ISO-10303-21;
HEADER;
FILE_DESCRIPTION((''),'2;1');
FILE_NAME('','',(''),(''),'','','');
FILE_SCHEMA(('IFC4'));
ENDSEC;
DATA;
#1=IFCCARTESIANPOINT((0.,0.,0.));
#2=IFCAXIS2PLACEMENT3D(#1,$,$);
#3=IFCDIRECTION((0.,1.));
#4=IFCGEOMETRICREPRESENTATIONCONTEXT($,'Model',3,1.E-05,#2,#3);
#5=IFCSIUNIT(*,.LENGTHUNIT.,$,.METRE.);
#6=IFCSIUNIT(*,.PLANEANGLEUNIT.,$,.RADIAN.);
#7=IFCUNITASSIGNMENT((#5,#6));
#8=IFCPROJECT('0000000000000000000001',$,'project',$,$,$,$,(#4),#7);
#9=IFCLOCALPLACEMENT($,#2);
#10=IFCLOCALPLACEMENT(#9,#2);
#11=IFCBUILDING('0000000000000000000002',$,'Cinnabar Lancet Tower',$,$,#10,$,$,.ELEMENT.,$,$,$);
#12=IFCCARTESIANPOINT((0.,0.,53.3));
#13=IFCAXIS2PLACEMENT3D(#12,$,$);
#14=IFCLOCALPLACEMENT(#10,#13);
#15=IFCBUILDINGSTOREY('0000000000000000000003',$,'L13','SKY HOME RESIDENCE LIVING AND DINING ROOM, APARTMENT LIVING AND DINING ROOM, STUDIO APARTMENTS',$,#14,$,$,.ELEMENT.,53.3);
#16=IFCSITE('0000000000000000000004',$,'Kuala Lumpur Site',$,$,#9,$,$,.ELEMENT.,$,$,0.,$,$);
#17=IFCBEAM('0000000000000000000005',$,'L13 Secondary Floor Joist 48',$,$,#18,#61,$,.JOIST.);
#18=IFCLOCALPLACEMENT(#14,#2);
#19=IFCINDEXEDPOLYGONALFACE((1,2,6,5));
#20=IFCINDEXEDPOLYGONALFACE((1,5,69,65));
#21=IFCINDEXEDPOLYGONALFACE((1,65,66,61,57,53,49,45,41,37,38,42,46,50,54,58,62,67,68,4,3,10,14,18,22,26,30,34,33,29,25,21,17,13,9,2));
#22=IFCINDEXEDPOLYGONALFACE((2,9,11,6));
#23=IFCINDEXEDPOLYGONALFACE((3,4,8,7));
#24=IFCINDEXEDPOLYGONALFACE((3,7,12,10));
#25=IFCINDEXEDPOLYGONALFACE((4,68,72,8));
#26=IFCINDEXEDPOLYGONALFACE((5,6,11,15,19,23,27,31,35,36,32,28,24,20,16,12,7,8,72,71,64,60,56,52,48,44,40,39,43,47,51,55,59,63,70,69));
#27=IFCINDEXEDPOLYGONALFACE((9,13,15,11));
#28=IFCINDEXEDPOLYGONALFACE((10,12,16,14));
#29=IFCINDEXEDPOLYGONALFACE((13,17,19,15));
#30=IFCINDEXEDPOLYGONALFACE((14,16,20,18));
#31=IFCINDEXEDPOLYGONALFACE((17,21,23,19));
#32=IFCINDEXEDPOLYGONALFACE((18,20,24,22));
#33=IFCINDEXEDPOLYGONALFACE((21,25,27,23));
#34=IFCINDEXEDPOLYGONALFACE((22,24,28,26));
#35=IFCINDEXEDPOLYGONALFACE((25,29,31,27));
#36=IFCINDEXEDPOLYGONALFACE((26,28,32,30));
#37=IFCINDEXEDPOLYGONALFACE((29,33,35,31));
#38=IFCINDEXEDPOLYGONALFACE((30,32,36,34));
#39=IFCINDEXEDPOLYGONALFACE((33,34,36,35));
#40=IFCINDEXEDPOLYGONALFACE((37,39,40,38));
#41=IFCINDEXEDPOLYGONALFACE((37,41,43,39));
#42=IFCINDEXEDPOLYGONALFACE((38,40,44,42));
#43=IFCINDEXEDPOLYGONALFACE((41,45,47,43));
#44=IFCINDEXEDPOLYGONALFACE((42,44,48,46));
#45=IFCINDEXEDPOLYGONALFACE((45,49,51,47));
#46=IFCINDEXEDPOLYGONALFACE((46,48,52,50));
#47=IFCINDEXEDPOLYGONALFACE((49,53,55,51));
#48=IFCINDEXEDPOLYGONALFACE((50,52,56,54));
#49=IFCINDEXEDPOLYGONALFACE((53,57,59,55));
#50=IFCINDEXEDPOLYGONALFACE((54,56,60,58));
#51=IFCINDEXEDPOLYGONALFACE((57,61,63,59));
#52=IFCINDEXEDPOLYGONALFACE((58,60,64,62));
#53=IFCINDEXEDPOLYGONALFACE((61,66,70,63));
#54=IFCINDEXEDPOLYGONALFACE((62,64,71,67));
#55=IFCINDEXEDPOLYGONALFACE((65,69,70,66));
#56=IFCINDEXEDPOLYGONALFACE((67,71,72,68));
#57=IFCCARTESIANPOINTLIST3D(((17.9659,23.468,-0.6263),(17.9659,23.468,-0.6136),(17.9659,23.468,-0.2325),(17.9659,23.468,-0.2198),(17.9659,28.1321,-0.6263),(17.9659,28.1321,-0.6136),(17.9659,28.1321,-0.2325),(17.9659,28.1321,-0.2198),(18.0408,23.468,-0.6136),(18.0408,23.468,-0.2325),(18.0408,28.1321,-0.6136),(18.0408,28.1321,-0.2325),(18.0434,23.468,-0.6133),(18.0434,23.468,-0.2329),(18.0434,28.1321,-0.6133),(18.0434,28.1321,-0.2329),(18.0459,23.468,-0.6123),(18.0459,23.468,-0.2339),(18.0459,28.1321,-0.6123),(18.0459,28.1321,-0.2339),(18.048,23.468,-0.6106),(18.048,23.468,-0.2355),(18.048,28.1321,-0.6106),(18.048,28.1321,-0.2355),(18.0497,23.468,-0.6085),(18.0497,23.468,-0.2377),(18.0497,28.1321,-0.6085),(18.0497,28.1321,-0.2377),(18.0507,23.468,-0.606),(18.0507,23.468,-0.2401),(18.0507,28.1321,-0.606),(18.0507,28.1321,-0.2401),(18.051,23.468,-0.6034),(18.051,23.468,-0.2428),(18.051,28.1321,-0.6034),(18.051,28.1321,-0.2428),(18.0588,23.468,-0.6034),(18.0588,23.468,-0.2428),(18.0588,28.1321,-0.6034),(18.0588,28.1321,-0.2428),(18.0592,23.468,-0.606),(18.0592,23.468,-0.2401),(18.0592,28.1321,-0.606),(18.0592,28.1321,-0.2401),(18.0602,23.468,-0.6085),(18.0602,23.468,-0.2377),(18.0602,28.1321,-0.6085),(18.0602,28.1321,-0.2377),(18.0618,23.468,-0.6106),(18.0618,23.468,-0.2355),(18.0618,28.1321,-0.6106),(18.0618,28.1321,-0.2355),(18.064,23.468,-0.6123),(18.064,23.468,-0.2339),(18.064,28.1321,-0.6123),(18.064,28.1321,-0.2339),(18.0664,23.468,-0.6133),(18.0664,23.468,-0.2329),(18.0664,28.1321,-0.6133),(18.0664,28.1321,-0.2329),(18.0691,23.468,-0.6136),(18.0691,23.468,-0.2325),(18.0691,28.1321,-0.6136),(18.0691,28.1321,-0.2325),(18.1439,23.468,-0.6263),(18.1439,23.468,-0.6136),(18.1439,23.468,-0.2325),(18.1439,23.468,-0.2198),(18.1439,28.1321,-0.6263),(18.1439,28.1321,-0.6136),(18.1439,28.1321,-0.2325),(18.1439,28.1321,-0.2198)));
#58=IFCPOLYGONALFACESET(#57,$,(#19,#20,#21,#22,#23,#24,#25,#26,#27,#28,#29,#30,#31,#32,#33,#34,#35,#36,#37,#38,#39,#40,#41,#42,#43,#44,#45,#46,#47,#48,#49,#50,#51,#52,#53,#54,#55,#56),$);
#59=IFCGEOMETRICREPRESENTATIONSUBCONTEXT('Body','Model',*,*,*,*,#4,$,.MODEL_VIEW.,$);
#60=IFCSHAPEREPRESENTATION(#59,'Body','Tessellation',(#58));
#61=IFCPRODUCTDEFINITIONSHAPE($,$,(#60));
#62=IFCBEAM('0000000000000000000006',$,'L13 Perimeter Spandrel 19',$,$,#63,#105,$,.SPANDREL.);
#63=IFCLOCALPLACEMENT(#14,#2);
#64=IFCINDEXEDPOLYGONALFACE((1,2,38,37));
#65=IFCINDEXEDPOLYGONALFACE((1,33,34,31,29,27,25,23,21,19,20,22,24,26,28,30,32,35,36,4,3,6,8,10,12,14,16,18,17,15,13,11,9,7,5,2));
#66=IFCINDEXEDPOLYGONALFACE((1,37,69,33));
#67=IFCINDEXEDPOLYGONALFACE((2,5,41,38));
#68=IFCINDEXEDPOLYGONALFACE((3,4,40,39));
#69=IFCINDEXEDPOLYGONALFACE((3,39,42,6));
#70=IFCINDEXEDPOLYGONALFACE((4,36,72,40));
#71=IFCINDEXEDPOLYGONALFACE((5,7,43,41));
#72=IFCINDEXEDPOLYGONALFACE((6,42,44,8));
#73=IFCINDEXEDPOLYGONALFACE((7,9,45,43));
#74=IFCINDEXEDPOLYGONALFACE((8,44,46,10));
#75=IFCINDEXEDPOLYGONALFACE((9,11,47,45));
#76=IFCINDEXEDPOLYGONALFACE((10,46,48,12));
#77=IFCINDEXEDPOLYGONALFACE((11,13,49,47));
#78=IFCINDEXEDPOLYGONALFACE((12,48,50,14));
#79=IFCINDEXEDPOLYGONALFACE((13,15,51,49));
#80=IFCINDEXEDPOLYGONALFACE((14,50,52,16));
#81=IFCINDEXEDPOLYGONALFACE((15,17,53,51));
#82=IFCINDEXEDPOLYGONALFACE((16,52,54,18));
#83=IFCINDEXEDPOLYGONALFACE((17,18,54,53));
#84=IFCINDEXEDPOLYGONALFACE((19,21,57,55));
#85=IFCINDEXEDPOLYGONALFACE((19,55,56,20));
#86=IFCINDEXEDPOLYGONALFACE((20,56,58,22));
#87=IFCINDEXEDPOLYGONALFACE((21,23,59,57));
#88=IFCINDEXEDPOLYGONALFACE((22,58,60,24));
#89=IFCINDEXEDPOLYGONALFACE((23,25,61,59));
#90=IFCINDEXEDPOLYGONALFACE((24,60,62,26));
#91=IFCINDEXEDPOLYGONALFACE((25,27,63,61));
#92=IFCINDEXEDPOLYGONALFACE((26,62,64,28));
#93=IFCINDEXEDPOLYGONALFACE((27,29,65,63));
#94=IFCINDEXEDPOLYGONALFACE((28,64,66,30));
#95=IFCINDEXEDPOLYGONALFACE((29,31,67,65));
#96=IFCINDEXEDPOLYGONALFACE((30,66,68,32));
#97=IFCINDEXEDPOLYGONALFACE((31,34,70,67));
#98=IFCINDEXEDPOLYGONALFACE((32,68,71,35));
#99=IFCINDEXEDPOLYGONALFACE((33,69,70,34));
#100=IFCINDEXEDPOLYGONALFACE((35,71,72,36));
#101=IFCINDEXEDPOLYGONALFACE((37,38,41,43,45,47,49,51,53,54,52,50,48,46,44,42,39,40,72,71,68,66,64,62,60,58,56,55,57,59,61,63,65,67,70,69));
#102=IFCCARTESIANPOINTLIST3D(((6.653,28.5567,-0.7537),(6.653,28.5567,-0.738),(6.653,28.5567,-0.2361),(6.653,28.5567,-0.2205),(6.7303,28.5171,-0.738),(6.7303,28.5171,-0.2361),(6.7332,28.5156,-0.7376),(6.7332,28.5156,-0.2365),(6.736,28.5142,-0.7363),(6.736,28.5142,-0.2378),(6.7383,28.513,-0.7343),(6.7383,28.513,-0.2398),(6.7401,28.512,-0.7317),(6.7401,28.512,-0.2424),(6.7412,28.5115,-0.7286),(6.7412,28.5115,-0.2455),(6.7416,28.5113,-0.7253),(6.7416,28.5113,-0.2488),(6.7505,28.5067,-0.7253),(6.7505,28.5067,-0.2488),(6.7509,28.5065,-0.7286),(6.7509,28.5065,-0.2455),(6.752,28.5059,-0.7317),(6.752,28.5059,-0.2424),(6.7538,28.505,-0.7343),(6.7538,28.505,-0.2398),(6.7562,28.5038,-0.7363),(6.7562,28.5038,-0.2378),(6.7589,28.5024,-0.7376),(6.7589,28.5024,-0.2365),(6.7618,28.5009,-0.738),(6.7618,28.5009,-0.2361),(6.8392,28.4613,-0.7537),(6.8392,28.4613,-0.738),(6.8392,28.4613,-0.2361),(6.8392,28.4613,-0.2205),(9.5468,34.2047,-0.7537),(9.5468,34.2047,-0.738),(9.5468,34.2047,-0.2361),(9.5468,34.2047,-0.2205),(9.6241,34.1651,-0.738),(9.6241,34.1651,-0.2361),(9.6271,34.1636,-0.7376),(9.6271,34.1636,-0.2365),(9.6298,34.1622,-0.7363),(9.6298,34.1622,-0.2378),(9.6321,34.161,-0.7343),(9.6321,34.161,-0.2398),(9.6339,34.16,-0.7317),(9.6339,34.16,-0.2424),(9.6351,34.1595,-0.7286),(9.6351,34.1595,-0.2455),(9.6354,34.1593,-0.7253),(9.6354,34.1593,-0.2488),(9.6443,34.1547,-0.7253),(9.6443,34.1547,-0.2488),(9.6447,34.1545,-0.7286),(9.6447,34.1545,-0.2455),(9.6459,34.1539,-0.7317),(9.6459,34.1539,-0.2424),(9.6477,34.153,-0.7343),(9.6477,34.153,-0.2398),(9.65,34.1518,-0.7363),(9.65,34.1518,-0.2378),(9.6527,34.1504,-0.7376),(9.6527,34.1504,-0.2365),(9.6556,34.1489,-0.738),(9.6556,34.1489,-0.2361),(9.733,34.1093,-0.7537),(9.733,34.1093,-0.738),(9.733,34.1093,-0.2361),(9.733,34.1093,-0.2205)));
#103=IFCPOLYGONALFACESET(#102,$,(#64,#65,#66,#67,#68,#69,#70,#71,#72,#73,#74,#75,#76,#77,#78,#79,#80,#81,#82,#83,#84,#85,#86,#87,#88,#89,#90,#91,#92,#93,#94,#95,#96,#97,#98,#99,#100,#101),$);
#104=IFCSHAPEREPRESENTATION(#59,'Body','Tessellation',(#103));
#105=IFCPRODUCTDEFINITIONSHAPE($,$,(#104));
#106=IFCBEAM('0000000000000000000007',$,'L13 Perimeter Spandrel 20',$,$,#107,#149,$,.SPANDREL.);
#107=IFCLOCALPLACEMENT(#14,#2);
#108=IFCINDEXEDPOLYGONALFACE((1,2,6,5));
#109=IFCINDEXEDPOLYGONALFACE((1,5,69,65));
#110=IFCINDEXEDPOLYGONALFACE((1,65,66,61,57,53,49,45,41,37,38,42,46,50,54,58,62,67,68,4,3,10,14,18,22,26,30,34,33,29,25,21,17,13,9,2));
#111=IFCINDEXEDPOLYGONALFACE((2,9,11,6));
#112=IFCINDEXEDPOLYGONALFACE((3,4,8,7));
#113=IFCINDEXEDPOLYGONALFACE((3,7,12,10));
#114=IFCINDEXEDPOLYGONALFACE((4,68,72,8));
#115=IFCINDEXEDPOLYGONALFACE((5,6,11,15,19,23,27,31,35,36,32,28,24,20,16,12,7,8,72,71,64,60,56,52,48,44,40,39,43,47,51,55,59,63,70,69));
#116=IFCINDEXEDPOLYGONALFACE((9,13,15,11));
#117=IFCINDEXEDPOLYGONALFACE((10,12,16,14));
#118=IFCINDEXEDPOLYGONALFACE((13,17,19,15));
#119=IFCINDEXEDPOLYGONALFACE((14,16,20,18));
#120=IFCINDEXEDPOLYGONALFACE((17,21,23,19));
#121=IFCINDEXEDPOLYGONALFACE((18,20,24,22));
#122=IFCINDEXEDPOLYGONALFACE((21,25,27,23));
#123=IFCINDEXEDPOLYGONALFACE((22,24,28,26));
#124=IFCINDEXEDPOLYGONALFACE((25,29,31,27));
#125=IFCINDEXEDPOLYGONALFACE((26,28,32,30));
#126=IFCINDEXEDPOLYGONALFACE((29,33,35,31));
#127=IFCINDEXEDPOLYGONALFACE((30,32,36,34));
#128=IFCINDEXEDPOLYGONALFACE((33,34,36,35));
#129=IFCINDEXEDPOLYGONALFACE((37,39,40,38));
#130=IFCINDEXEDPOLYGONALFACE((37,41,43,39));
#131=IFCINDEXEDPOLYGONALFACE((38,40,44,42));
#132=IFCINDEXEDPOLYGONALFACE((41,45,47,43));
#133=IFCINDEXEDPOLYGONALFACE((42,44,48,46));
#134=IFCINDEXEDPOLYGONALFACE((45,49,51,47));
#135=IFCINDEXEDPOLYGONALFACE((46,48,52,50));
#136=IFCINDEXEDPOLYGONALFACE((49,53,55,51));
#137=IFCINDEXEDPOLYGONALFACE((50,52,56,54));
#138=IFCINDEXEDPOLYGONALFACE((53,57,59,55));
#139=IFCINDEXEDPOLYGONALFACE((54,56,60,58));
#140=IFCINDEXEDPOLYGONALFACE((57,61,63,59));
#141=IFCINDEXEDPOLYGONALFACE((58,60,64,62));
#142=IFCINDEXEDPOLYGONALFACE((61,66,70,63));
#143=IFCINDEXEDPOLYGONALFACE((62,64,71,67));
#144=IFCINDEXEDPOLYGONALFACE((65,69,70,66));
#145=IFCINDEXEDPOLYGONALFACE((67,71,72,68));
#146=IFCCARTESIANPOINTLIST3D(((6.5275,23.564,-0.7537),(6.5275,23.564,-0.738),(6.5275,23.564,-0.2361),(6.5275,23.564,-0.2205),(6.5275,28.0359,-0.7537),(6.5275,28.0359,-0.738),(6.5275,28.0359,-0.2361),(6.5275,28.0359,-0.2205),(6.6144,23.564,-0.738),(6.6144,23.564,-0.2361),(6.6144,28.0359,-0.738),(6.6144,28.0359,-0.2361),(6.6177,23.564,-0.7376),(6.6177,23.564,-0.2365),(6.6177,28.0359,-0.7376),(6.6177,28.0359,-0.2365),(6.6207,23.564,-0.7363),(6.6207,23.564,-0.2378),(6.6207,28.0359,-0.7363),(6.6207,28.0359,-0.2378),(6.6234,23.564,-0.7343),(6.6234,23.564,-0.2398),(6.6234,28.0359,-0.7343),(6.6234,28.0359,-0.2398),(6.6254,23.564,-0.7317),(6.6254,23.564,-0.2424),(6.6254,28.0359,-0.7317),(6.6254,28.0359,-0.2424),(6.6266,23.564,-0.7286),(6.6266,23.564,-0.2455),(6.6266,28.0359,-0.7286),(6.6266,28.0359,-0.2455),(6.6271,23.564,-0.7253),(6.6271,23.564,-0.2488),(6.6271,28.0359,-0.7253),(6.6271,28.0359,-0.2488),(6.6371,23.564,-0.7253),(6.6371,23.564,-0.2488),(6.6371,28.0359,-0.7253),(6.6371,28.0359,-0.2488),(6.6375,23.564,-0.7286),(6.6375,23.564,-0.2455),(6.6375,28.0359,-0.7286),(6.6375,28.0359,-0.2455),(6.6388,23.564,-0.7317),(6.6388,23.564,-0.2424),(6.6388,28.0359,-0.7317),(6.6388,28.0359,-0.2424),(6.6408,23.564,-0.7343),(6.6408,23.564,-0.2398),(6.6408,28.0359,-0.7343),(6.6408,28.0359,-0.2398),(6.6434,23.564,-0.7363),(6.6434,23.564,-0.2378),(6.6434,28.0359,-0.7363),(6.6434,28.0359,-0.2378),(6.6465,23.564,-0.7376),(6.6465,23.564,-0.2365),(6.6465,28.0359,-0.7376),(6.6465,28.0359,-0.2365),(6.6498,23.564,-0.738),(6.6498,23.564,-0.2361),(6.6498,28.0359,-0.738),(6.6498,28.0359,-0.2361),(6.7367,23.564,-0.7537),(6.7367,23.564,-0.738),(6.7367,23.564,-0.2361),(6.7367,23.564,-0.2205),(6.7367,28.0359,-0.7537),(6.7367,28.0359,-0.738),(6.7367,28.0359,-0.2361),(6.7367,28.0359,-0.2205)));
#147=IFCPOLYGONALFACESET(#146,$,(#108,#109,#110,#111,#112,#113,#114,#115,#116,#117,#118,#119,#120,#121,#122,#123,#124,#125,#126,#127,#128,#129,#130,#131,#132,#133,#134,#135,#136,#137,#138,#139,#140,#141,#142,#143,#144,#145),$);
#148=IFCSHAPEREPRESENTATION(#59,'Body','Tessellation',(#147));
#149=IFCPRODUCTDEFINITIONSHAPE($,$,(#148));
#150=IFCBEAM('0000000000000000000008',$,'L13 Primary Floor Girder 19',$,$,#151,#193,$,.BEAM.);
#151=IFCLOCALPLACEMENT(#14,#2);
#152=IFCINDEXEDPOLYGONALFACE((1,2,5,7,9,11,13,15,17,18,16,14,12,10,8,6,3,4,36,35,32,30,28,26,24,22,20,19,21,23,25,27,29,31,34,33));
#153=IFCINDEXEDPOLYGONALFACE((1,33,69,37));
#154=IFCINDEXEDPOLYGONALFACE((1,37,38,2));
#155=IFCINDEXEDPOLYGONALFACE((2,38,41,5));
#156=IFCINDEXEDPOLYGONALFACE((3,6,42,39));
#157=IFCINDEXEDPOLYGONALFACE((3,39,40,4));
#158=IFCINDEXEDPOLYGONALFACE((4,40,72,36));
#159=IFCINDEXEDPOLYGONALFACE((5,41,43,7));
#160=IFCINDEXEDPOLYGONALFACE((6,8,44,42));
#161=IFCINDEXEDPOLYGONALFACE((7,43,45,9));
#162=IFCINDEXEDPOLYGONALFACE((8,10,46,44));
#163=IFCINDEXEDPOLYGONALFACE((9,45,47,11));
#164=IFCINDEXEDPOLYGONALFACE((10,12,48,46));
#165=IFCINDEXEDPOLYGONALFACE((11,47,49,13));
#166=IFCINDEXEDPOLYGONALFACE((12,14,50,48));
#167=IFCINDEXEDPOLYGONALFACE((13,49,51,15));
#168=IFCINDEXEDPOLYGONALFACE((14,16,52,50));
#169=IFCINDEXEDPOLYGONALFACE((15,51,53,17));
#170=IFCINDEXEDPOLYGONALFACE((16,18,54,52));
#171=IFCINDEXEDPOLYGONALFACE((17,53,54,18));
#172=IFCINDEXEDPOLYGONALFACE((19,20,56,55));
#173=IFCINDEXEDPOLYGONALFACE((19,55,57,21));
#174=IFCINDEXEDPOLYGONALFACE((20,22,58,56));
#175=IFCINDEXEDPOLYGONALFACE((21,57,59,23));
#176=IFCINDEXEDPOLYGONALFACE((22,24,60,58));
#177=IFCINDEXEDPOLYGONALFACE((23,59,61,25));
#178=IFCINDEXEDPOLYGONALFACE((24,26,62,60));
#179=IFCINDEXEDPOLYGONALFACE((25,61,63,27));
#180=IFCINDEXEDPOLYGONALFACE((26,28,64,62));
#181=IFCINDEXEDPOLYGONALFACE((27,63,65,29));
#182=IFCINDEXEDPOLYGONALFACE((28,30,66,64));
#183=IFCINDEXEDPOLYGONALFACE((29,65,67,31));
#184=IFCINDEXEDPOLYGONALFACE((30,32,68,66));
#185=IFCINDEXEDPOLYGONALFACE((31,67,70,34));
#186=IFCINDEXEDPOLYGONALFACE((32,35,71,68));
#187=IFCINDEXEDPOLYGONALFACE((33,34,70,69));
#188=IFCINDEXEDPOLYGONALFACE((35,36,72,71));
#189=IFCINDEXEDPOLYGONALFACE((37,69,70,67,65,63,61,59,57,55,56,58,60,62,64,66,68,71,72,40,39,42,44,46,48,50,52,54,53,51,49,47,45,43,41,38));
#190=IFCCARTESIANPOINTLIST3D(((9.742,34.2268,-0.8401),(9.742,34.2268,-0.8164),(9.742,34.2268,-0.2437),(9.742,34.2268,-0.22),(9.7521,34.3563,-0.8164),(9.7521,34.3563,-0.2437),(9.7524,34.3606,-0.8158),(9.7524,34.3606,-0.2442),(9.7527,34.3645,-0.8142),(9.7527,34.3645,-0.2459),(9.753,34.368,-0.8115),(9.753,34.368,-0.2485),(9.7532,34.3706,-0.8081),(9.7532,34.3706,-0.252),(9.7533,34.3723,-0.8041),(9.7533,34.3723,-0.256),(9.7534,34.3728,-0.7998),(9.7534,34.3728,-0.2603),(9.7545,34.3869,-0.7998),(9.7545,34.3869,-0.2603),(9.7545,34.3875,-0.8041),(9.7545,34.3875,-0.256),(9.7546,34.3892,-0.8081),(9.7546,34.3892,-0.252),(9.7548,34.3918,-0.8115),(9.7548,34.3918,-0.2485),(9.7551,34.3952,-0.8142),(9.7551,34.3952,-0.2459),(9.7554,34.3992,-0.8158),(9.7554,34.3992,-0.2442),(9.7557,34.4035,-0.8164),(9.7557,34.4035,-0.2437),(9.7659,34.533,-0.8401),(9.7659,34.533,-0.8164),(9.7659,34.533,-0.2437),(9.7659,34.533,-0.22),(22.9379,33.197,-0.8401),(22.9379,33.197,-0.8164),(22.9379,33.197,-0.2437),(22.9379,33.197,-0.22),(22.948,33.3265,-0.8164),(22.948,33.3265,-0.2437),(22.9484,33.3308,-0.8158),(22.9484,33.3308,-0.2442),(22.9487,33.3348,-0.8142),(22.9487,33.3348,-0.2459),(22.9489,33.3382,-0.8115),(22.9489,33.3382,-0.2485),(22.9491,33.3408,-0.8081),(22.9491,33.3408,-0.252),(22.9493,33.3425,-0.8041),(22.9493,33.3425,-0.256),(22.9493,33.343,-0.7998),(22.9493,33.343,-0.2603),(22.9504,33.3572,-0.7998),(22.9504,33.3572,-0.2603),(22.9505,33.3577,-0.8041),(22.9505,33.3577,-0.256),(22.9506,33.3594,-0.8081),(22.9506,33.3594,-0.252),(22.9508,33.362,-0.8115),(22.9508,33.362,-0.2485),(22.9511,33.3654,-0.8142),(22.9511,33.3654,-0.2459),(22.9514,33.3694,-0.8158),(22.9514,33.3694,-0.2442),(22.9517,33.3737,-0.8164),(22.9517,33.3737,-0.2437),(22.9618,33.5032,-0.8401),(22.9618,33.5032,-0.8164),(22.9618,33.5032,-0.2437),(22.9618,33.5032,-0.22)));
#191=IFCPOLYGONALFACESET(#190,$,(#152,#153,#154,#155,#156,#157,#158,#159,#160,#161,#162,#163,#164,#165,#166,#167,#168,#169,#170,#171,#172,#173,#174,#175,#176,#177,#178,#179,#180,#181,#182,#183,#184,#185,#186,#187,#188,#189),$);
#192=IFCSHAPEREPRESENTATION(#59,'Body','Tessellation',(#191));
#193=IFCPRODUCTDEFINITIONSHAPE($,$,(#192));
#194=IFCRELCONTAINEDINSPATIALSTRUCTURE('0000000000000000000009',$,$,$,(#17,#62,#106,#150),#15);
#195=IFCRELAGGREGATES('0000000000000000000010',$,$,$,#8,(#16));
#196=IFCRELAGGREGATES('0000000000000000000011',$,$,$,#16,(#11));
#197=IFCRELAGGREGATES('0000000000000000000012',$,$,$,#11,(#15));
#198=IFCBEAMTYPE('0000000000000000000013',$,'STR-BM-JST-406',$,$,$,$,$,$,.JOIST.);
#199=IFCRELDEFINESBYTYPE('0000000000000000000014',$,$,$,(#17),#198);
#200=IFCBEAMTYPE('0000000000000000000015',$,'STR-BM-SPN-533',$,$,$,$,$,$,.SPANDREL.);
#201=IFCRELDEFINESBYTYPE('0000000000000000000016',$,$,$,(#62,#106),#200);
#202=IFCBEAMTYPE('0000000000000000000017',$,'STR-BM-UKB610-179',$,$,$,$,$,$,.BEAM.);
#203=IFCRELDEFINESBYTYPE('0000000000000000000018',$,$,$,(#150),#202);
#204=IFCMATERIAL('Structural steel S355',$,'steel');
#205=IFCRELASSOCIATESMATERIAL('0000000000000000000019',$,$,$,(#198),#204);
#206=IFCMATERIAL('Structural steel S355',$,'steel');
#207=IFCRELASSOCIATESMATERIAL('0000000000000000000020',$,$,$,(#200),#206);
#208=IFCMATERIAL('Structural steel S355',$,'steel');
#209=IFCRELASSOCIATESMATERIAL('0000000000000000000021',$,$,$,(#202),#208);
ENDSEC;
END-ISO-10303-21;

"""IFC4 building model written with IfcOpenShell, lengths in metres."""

from ifc_helpers import new_model, si_unit, direction, frame, origin, origin_2d, place, context, subcontext, project, spatial, i_section, extrude, material, material_profile, profile_set, type_object, element, save


model = new_model("IFC4")

# Units and contexts
model_context = context("Model", 3, precision=1e-05, world=origin(), true_north=direction((0.0, 1.0)))
body_context = subcontext(model_context, "Body", "Model", "MODEL_VIEW")
ifc_project = project(units=[si_unit("LENGTHUNIT", "METRE"), si_unit("PLANEANGLEUNIT", "RADIAN")], contexts=[model_context])

# Site, building, storey
site_placement = place(None, origin())
site = spatial("IfcSite", under=ifc_project, at=site_placement, Name="Kuala Lumpur Site", CompositionType="ELEMENT", RefElevation=0.0)
building_placement = place(site_placement, origin())
building = spatial("IfcBuilding", under=site, at=building_placement, Name="Cinnabar Lancet Tower", CompositionType="ELEMENT")
storey_placement = place(building_placement, frame((0.0, 0.0, 53.3)))
storey = spatial("IfcBuildingStorey", under=building, at=storey_placement, Name="L13", Description="SKY HOME RESIDENCE LIVING AND DINING ROOM, APARTMENT LIVING AND DINING ROOM, STUDIO APARTMENTS", CompositionType="ELEMENT", Elevation=53.3)

# Beams
ifc_material_1 = material(Name="Structural steel S355", Category="steel")
ifc_material_profile_1 = material_profile(ifc_material_1, i_section(OverallWidth=0.178, OverallDepth=0.4065, WebThickness=0.0078, FlangeThickness=0.0127, FilletRadius=0.0103, at=origin_2d()), Name="UKB 406x178x60")
ifc_profile_set_1 = profile_set([ifc_material_profile_1], Name="Structural steel S355")
beam_type_1 = type_object("IfcBeamType", Name="STR-BM-JST-406", PredefinedType="JOIST", material=ifc_profile_set_1)
for number, where, z_axis, x_axis, name in (
    (1, (18.0549, 28.1321, -0.4231), (0.0, -1.0, 0.0), (1.0, 0.0, 0.0), "L13 Secondary Floor Joist 48"),
):
    element("IfcBeam", number, at=place(storey_placement, frame(where, z_axis=z_axis, x_axis=x_axis)), inside=storey, type_object=beam_type_1, Name=name, PredefinedType="JOIST", context=body_context, shape_type="SweptSolid", body=[
        extrude(i_section(OverallWidth=0.178, OverallDepth=0.4065, WebThickness=0.0078, FlangeThickness=0.0127, FilletRadius=0.0103, at=origin_2d()), origin(), (0.0, 0.0, 1.0), 4.6641),
    ])
ifc_material_2 = material(Name="Structural steel S355", Category="steel")
ifc_material_profile_2 = material_profile(ifc_material_2, i_section(OverallWidth=0.2092, OverallDepth=0.5332, WebThickness=0.01, FlangeThickness=0.0156, FilletRadius=0.0127, at=origin_2d()), Name="UKB 533x210x92")
ifc_profile_set_2 = profile_set([ifc_material_profile_2], Name="Structural steel S355")
beam_type_2 = type_object("IfcBeamType", Name="STR-BM-SPN-533", PredefinedType="SPANDREL", material=ifc_profile_set_2)
beam_1_placement = place(storey_placement, frame((9.6399, 34.157, -0.4871), z_axis=(-0.455994, -0.889983, 0.0), x_axis=(0.889983, -0.455994, 0.0)))
element("IfcBeam", 2, at=beam_1_placement, inside=storey, type_object=beam_type_2, Name="L13 Perimeter Spandrel 19", PredefinedType="SPANDREL", context=body_context, shape_type="SweptSolid", body=[
    extrude(i_section(OverallWidth=0.2092, OverallDepth=0.5332, WebThickness=0.01, FlangeThickness=0.0156, FilletRadius=0.0127, at=origin_2d()), origin(), (0.0, 0.0, 1.0), 6.3462),
])
beam_2_placement = place(storey_placement, frame((6.6321, 28.0359, -0.4871), z_axis=(0.0, -1.0, 0.0), x_axis=(1.0, 0.0, 0.0)))
element("IfcBeam", 3, at=beam_2_placement, inside=storey, type_object=beam_type_2, Name="L13 Perimeter Spandrel 20", PredefinedType="SPANDREL", context=body_context, shape_type="SweptSolid", body=[
    extrude(i_section(OverallWidth=0.2092, OverallDepth=0.5332, WebThickness=0.01, FlangeThickness=0.0156, FilletRadius=0.0127, at=origin_2d()), origin(), (0.0, 0.0, 1.0), 4.4719),
])
ifc_material_3 = material(Name="Structural steel S355", Category="steel")
ifc_material_profile_3 = material_profile(ifc_material_3, i_section(OverallWidth=0.3071, OverallDepth=0.6201, WebThickness=0.0142, FlangeThickness=0.0237, FilletRadius=0.0166, at=origin_2d()), Name="UKB 610x305x179")
ifc_profile_set_3 = profile_set([ifc_material_profile_3], Name="Structural steel S355")
beam_type_3 = type_object("IfcBeamType", Name="STR-BM-UKB610-179", PredefinedType="BEAM", material=ifc_profile_set_3)
beam_3_placement = place(storey_placement, frame((9.7539, 34.3799, -0.53), z_axis=(0.996969, -0.077801, 0.0), x_axis=(0.077801, 0.996969, 0.0)))
element("IfcBeam", 4, at=beam_3_placement, inside=storey, type_object=beam_type_3, Name="L13 Primary Floor Girder 19", PredefinedType="BEAM", context=body_context, shape_type="SweptSolid", body=[
    extrude(i_section(OverallWidth=0.3071, OverallDepth=0.6201, WebThickness=0.0142, FlangeThickness=0.0237, FilletRadius=0.0166, at=origin_2d()), origin(), (0.0, 0.0, 1.0), 13.2361),
])

save(model, "model.ifc")
